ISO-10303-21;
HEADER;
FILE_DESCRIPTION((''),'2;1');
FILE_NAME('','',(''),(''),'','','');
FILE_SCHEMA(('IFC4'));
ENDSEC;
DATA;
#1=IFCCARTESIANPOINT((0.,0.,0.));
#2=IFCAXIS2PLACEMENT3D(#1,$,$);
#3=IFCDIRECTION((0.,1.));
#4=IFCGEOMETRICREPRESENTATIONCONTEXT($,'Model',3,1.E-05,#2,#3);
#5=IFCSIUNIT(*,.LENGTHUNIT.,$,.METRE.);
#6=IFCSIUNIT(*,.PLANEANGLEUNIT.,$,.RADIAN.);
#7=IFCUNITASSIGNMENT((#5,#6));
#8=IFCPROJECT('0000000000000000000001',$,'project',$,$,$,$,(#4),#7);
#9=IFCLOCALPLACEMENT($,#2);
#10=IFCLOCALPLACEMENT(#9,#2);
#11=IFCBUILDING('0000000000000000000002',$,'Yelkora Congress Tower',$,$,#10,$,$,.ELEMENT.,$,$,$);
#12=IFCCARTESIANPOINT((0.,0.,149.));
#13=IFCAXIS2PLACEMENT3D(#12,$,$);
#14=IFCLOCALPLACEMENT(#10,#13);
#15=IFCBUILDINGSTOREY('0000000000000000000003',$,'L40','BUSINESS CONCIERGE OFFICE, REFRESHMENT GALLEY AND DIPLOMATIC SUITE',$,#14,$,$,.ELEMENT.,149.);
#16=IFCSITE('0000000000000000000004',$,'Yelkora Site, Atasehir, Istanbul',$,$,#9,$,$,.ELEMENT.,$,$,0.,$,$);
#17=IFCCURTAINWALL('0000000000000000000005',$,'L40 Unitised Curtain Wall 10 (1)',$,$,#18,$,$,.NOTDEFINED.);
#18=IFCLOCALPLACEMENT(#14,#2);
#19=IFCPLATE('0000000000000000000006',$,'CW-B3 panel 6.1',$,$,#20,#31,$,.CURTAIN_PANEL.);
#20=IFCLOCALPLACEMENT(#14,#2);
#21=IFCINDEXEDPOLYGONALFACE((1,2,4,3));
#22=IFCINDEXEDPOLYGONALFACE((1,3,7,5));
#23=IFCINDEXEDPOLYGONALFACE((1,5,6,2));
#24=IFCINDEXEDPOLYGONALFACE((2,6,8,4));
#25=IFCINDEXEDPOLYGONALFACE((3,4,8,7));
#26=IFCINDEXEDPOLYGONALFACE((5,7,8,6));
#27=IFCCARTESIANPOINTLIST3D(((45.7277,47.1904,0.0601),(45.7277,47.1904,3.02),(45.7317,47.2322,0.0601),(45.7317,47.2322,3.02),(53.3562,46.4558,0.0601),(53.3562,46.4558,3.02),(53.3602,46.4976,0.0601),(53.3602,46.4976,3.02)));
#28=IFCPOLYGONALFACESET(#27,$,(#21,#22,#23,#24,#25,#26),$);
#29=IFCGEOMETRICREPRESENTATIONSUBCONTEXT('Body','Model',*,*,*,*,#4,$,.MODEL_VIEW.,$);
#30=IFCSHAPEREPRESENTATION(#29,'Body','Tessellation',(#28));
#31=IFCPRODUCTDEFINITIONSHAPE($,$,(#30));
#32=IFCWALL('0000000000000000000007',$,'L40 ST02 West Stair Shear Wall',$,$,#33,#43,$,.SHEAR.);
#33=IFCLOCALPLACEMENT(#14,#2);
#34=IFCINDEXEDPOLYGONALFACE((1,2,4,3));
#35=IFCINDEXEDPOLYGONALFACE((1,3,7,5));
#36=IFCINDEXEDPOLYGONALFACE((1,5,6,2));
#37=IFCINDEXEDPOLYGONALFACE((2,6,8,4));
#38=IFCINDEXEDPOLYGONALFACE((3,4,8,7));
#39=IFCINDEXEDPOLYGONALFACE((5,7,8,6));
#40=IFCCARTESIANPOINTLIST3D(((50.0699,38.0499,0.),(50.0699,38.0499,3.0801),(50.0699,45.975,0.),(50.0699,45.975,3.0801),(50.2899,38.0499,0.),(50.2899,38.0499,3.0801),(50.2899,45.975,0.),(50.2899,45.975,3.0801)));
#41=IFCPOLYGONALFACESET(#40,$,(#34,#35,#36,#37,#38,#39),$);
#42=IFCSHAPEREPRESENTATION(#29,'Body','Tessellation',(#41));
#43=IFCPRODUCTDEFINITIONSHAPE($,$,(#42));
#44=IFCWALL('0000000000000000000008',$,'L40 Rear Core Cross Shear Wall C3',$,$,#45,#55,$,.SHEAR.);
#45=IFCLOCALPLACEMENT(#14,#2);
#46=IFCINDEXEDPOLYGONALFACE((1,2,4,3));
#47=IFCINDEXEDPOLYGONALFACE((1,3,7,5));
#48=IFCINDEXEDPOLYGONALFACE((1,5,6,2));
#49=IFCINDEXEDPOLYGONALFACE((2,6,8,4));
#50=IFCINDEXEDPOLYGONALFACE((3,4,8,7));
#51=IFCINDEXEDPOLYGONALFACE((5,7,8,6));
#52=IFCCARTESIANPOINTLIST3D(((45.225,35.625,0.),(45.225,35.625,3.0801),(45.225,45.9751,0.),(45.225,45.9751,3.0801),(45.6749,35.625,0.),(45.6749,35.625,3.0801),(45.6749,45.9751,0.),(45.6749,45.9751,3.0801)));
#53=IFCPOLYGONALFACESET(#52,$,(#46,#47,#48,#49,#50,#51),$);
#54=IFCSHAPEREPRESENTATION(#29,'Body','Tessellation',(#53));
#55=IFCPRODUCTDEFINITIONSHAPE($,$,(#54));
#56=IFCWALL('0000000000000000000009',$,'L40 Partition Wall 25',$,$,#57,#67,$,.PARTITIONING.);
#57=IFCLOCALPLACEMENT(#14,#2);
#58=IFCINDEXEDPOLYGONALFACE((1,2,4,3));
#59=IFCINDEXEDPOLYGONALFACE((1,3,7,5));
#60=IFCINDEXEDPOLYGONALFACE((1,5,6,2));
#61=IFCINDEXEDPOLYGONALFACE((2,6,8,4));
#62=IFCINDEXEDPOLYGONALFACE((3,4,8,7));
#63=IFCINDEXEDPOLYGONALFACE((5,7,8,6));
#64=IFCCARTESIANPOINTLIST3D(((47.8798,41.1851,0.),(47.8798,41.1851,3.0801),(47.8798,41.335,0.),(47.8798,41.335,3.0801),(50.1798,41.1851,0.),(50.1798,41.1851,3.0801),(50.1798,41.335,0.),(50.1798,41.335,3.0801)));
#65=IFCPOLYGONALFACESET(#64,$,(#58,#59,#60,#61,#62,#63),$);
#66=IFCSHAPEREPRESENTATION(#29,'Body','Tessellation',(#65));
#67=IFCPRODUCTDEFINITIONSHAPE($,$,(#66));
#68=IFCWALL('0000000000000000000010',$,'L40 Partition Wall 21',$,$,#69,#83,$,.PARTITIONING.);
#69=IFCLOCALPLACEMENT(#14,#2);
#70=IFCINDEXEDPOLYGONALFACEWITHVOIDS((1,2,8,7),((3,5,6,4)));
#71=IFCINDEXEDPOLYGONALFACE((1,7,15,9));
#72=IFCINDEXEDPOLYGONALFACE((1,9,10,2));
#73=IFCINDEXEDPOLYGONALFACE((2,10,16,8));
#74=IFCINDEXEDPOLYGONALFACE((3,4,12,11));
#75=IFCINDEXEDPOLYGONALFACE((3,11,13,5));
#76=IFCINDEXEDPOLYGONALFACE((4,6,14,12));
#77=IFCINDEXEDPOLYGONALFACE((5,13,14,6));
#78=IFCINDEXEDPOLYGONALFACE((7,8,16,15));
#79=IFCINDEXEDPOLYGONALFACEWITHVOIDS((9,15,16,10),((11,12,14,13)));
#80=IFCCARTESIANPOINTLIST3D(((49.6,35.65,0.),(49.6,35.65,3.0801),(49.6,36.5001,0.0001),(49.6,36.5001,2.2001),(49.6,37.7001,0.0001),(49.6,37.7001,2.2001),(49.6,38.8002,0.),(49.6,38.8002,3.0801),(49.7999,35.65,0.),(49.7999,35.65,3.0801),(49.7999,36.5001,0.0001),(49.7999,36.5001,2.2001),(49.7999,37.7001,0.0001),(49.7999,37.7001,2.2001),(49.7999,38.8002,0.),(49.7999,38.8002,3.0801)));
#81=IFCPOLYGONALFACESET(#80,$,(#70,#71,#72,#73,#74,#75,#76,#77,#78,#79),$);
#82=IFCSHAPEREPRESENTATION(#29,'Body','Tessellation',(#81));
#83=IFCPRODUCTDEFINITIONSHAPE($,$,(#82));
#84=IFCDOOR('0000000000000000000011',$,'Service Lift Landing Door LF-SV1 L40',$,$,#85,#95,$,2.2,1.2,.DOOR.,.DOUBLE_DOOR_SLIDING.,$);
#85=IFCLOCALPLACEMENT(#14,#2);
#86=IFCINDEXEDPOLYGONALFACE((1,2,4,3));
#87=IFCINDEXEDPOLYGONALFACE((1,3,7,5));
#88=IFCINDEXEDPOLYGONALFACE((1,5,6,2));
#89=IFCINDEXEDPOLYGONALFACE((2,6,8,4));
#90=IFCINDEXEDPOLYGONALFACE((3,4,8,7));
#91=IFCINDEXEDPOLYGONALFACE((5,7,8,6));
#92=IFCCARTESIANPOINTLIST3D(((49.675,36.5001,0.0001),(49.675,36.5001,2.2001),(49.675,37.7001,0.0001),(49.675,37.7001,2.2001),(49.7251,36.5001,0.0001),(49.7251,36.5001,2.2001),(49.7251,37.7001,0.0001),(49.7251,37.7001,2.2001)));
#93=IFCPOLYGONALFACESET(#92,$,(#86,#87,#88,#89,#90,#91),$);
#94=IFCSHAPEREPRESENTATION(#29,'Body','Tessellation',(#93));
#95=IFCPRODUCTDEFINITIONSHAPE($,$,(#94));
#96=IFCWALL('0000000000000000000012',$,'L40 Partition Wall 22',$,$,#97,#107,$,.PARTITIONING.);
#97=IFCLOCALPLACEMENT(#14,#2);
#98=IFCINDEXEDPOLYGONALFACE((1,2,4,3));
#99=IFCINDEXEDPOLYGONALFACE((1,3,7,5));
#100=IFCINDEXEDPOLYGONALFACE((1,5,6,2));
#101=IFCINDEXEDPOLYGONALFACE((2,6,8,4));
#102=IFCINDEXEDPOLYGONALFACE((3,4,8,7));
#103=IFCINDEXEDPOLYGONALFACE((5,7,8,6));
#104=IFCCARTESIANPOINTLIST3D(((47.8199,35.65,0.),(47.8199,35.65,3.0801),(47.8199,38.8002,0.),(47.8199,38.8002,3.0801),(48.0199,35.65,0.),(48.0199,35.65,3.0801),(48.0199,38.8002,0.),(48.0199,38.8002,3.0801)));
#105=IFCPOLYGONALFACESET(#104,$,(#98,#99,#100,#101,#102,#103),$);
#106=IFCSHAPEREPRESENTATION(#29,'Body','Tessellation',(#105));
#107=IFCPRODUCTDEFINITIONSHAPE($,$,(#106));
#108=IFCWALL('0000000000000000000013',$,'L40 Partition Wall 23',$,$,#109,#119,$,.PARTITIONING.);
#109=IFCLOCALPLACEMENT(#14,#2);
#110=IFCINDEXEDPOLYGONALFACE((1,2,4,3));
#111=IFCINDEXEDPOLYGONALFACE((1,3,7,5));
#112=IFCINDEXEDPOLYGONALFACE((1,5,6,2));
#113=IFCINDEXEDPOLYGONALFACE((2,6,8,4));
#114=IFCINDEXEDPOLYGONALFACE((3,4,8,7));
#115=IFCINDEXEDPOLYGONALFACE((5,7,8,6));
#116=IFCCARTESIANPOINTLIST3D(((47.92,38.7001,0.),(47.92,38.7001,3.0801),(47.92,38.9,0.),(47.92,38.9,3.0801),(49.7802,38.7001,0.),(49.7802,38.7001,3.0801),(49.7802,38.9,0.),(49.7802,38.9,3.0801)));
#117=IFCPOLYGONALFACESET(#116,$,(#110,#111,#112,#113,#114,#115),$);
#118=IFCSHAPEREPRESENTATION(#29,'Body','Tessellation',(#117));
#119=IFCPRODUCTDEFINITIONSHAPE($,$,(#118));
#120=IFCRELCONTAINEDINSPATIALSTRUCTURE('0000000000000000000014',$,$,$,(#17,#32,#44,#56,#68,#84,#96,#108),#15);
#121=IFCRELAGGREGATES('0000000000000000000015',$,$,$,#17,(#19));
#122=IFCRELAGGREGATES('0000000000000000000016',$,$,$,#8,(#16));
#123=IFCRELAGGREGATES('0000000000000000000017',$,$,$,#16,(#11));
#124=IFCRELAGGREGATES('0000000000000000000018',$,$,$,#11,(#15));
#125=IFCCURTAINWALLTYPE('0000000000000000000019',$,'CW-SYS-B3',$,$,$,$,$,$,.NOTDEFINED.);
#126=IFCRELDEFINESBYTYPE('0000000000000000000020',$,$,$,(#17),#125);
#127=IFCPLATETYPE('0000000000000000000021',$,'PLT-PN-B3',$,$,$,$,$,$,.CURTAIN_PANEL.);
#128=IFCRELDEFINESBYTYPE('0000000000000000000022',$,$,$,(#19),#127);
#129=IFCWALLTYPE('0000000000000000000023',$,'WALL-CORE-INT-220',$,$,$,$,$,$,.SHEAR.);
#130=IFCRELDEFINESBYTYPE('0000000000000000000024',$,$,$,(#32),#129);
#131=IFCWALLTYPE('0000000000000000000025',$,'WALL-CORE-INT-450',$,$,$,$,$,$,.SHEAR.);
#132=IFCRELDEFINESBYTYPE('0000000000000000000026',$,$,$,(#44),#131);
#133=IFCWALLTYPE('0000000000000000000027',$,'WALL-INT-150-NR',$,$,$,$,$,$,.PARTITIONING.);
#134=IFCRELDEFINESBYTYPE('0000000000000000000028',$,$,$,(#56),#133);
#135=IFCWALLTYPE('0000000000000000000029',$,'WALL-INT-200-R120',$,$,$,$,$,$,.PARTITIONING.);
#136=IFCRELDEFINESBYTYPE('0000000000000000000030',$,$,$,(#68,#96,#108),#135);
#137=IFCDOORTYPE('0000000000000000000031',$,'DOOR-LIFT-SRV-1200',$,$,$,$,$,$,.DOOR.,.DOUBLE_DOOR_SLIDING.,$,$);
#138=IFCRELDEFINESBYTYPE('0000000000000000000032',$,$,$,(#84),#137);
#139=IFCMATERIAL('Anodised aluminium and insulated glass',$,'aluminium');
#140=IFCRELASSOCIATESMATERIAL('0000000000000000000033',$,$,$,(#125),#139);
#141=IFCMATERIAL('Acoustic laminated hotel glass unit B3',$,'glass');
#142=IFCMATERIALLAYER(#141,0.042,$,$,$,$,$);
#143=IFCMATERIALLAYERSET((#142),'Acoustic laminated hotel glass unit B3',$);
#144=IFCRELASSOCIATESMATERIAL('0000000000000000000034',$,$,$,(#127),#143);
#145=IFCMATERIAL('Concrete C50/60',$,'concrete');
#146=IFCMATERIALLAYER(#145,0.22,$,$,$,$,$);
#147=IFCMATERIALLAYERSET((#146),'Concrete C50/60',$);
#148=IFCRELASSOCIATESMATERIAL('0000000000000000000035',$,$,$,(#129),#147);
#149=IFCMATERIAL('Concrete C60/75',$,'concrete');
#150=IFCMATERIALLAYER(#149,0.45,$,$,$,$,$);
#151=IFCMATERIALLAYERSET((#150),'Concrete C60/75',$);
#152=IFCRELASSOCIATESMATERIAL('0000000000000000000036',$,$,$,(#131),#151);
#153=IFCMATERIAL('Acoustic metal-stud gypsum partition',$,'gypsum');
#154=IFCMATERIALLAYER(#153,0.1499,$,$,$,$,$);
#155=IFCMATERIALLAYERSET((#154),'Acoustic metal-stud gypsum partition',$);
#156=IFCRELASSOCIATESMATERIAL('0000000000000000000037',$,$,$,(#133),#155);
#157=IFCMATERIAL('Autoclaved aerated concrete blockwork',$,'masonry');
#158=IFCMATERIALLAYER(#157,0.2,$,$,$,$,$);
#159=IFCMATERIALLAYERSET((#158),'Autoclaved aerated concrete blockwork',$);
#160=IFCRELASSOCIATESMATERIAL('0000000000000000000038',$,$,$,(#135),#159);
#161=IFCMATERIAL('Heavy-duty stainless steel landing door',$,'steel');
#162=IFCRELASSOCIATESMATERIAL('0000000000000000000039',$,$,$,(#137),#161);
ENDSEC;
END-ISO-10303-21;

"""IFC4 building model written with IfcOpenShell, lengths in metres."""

from ifc_helpers import new_model, si_unit, direction, frame, frame_2d, origin, origin_2d, place, context, subcontext, project, spatial, rectangle, extrude, material, layer, layer_set, type_object, element, fill, aggregate, save


model = new_model("IFC4")

# Units and contexts
model_context = context("Model", 3, precision=1e-05, world=origin(), true_north=direction((0.0, 1.0)))
body_context = subcontext(model_context, "Body", "Model", "MODEL_VIEW")
ifc_project = project(units=[si_unit("LENGTHUNIT", "METRE"), si_unit("PLANEANGLEUNIT", "RADIAN")], contexts=[model_context])

# Site, building, storey
site_placement = place(None, origin())
site = spatial("IfcSite", under=ifc_project, at=site_placement, Name="Yelkora Site, Atasehir, Istanbul", CompositionType="ELEMENT", RefElevation=0.0)
building_placement = place(site_placement, origin())
building = spatial("IfcBuilding", under=site, at=building_placement, Name="Yelkora Congress Tower", CompositionType="ELEMENT")
storey_placement = place(building_placement, frame((0.0, 0.0, 149.0)))
storey = spatial("IfcBuildingStorey", under=building, at=storey_placement, Name="L40", Description="BUSINESS CONCIERGE OFFICE, REFRESHMENT GALLEY AND DIPLOMATIC SUITE", CompositionType="ELEMENT", Elevation=149.0)

# Curtain wall, plate
ifc_material_1 = material(Name="Anodised aluminium and insulated glass", Category="aluminium")
curtain_wall_type = type_object("IfcCurtainWallType", Name="CW-SYS-B3", PredefinedType="NOTDEFINED", material=ifc_material_1)
curtain_wall_placement = place(storey_placement, origin())
curtain_wall = element("IfcCurtainWall", 1, at=curtain_wall_placement, inside=storey, type_object=curtain_wall_type, Name="L40 Unitised Curtain Wall 10 (1)", PredefinedType="NOTDEFINED")
ifc_material_2 = material(Name="Acoustic laminated hotel glass unit B3", Category="glass")
ifc_layer_1 = layer(ifc_material_2, 0.042)
ifc_layer_set_1 = layer_set([ifc_layer_1], Name="Acoustic laminated hotel glass unit B3")
plate_type = type_object("IfcPlateType", Name="PLT-PN-B3", PredefinedType="CURTAIN_PANEL", material=ifc_layer_set_1)
plate_placement = place(storey_placement, frame((49.5439, 46.844, 0.0601), z_axis=(0.0, 0.0, 1.0), x_axis=(0.995396, -0.095845, 0.0)))
plate = element("IfcPlate", 2, at=plate_placement, type_object=plate_type, Name="CW-B3 panel 6.1", PredefinedType="CURTAIN_PANEL", context=body_context, shape_type="SweptSolid", body=[
    extrude(rectangle(XDim=7.6638, YDim=0.042, at=origin_2d()), origin(), (0.0, 0.0, 1.0), 2.96),
])
aggregate(curtain_wall, [plate])

# Walls
ifc_material_3 = material(Name="Concrete C50/60", Category="concrete")
ifc_layer_2 = layer(ifc_material_3, 0.22)
ifc_layer_set_2 = layer_set([ifc_layer_2], Name="Concrete C50/60")
wall_type_1 = type_object("IfcWallType", Name="WALL-CORE-INT-220", PredefinedType="SHEAR", material=ifc_layer_set_2)
wall_1_placement = place(storey_placement, frame((50.1799, 38.05, 0.0), z_axis=(0.0, 0.0, 1.0), x_axis=(0.0, 1.0, 0.0)))
element("IfcWall", 3, at=wall_1_placement, inside=storey, type_object=wall_type_1, Name="L40 ST02 West Stair Shear Wall", PredefinedType="SHEAR", context=body_context, shape_type="SweptSolid", body=[
    extrude(rectangle(XDim=7.925, YDim=0.22, at=frame_2d((3.9624, 0.0))), origin(), (0.0, 0.0, 1.0), 3.0801),
])
ifc_material_4 = material(Name="Concrete C60/75", Category="concrete")
ifc_layer_3 = layer(ifc_material_4, 0.45)
ifc_layer_set_3 = layer_set([ifc_layer_3], Name="Concrete C60/75")
wall_type_2 = type_object("IfcWallType", Name="WALL-CORE-INT-450", PredefinedType="SHEAR", material=ifc_layer_set_3)
wall_2_placement = place(storey_placement, frame((45.45, 35.625, 0.0), z_axis=(0.0, 0.0, 1.0), x_axis=(0.0, 1.0, 0.0)))
element("IfcWall", 4, at=wall_2_placement, inside=storey, type_object=wall_type_2, Name="L40 Rear Core Cross Shear Wall C3", PredefinedType="SHEAR", context=body_context, shape_type="SweptSolid", body=[
    extrude(rectangle(XDim=10.3501, YDim=0.45, at=frame_2d((5.175, 0.0))), origin(), (0.0, 0.0, 1.0), 3.0801),
])

# Shared definitions
ifc_material_5 = material(Name="Acoustic metal-stud gypsum partition", Category="gypsum")
ifc_layer_4 = layer(ifc_material_5, 0.1499)
ifc_layer_set_4 = layer_set([ifc_layer_4], Name="Acoustic metal-stud gypsum partition")
wall_type_3 = type_object("IfcWallType", Name="WALL-INT-150-NR", PredefinedType="PARTITIONING", material=ifc_layer_set_4)

# Wall
wall_3_placement = place(storey_placement, frame((47.8799, 41.26, 0.0), z_axis=(0.0, 0.0, 1.0), x_axis=(1.0, 0.0, 0.0)))
element("IfcWall", 5, at=wall_3_placement, inside=storey, type_object=wall_type_3, Name="L40 Partition Wall 25", PredefinedType="PARTITIONING", context=body_context, shape_type="SweptSolid", body=[
    extrude(rectangle(XDim=2.3, YDim=0.1499, at=frame_2d((1.1499, 0.0))), origin(), (0.0, 0.0, 1.0), 3.0801),
])

# Wall, opening, door
ifc_material_6 = material(Name="Autoclaved aerated concrete blockwork", Category="masonry")
ifc_layer_5 = layer(ifc_material_6, 0.2)
ifc_layer_set_5 = layer_set([ifc_layer_5], Name="Autoclaved aerated concrete blockwork")
wall_type_4 = type_object("IfcWallType", Name="WALL-INT-200-R120", PredefinedType="PARTITIONING", material=ifc_layer_set_5)
wall_4_placement = place(storey_placement, frame((49.7, 35.6499, 0.0), z_axis=(0.0, 0.0, 1.0), x_axis=(0.0, 1.0, 0.0)))
wall_4 = element("IfcWall", 6, at=wall_4_placement, inside=storey, type_object=wall_type_4, Name="L40 Partition Wall 21", PredefinedType="PARTITIONING", context=body_context, shape_type="SweptSolid", body=[
    extrude(rectangle(XDim=3.1501, YDim=0.2, at=frame_2d((1.5752, 0.0))), origin(), (0.0, 0.0, 1.0), 3.0801),
])
opening_1_placement = place(wall_4_placement, frame((0.8501, 0.0, 0.0)))
opening_1 = element("IfcOpeningElement", 7, at=opening_1_placement, cuts=wall_4, PredefinedType="OPENING", context=body_context, shape_type="SweptSolid", body=[
    extrude(rectangle(XDim=1.2, YDim=2.2, at=frame_2d((0.6001, 1.1001))), frame((0.0, 0.1099, 0.0), z_axis=(0.0, -1.0, 0.0), x_axis=(1.0, 0.0, 0.0)), (0.0, 0.0, 1.0), 0.22),
])
ifc_material_7 = material(Name="Heavy-duty stainless steel landing door", Category="steel")
door_type_1 = type_object("IfcDoorType", Name="DOOR-LIFT-SRV-1200", OperationType="DOUBLE_DOOR_SLIDING", PredefinedType="DOOR", material=ifc_material_7)
door_1_placement = place(opening_1_placement, origin())
door_1 = element("IfcDoor", 8, at=door_1_placement, inside=storey, type_object=door_type_1, Name="Service Lift Landing Door LF-SV1 L40", OperationType="DOUBLE_DOOR_SLIDING", OverallHeight=2.2, OverallWidth=1.2, PredefinedType="DOOR", context=body_context, shape_type="SweptSolid", body=[
    extrude(rectangle(XDim=1.2, YDim=2.2, at=frame_2d((0.6001, 1.1001))), frame((0.0, 0.0249, 0.0), z_axis=(0.0, -1.0, 0.0), x_axis=(1.0, 0.0, 0.0)), (0.0, 0.0, 1.0), 0.05),
])
fill(opening_1, door_1)

# Walls
wall_5_placement = place(storey_placement, frame((47.9199, 35.6499, 0.0), z_axis=(0.0, 0.0, 1.0), x_axis=(0.0, 1.0, 0.0)))
element("IfcWall", 9, at=wall_5_placement, inside=storey, type_object=wall_type_4, Name="L40 Partition Wall 22", PredefinedType="PARTITIONING", context=body_context, shape_type="SweptSolid", body=[
    extrude(rectangle(XDim=3.1501, YDim=0.2, at=frame_2d((1.5752, 0.0))), origin(), (0.0, 0.0, 1.0), 3.0801),
])
wall_6_placement = place(storey_placement, frame((47.9199, 38.8, 0.0), z_axis=(0.0, 0.0, 1.0), x_axis=(1.0, 0.0, 0.0)))
element("IfcWall", 10, at=wall_6_placement, inside=storey, type_object=wall_type_4, Name="L40 Partition Wall 23", PredefinedType="PARTITIONING", context=body_context, shape_type="SweptSolid", body=[
    extrude(rectangle(XDim=1.8601, YDim=0.2, at=frame_2d((0.9302, 0.0))), origin(), (0.0, 0.0, 1.0), 3.0801),
])

save(model, "model.ifc")
